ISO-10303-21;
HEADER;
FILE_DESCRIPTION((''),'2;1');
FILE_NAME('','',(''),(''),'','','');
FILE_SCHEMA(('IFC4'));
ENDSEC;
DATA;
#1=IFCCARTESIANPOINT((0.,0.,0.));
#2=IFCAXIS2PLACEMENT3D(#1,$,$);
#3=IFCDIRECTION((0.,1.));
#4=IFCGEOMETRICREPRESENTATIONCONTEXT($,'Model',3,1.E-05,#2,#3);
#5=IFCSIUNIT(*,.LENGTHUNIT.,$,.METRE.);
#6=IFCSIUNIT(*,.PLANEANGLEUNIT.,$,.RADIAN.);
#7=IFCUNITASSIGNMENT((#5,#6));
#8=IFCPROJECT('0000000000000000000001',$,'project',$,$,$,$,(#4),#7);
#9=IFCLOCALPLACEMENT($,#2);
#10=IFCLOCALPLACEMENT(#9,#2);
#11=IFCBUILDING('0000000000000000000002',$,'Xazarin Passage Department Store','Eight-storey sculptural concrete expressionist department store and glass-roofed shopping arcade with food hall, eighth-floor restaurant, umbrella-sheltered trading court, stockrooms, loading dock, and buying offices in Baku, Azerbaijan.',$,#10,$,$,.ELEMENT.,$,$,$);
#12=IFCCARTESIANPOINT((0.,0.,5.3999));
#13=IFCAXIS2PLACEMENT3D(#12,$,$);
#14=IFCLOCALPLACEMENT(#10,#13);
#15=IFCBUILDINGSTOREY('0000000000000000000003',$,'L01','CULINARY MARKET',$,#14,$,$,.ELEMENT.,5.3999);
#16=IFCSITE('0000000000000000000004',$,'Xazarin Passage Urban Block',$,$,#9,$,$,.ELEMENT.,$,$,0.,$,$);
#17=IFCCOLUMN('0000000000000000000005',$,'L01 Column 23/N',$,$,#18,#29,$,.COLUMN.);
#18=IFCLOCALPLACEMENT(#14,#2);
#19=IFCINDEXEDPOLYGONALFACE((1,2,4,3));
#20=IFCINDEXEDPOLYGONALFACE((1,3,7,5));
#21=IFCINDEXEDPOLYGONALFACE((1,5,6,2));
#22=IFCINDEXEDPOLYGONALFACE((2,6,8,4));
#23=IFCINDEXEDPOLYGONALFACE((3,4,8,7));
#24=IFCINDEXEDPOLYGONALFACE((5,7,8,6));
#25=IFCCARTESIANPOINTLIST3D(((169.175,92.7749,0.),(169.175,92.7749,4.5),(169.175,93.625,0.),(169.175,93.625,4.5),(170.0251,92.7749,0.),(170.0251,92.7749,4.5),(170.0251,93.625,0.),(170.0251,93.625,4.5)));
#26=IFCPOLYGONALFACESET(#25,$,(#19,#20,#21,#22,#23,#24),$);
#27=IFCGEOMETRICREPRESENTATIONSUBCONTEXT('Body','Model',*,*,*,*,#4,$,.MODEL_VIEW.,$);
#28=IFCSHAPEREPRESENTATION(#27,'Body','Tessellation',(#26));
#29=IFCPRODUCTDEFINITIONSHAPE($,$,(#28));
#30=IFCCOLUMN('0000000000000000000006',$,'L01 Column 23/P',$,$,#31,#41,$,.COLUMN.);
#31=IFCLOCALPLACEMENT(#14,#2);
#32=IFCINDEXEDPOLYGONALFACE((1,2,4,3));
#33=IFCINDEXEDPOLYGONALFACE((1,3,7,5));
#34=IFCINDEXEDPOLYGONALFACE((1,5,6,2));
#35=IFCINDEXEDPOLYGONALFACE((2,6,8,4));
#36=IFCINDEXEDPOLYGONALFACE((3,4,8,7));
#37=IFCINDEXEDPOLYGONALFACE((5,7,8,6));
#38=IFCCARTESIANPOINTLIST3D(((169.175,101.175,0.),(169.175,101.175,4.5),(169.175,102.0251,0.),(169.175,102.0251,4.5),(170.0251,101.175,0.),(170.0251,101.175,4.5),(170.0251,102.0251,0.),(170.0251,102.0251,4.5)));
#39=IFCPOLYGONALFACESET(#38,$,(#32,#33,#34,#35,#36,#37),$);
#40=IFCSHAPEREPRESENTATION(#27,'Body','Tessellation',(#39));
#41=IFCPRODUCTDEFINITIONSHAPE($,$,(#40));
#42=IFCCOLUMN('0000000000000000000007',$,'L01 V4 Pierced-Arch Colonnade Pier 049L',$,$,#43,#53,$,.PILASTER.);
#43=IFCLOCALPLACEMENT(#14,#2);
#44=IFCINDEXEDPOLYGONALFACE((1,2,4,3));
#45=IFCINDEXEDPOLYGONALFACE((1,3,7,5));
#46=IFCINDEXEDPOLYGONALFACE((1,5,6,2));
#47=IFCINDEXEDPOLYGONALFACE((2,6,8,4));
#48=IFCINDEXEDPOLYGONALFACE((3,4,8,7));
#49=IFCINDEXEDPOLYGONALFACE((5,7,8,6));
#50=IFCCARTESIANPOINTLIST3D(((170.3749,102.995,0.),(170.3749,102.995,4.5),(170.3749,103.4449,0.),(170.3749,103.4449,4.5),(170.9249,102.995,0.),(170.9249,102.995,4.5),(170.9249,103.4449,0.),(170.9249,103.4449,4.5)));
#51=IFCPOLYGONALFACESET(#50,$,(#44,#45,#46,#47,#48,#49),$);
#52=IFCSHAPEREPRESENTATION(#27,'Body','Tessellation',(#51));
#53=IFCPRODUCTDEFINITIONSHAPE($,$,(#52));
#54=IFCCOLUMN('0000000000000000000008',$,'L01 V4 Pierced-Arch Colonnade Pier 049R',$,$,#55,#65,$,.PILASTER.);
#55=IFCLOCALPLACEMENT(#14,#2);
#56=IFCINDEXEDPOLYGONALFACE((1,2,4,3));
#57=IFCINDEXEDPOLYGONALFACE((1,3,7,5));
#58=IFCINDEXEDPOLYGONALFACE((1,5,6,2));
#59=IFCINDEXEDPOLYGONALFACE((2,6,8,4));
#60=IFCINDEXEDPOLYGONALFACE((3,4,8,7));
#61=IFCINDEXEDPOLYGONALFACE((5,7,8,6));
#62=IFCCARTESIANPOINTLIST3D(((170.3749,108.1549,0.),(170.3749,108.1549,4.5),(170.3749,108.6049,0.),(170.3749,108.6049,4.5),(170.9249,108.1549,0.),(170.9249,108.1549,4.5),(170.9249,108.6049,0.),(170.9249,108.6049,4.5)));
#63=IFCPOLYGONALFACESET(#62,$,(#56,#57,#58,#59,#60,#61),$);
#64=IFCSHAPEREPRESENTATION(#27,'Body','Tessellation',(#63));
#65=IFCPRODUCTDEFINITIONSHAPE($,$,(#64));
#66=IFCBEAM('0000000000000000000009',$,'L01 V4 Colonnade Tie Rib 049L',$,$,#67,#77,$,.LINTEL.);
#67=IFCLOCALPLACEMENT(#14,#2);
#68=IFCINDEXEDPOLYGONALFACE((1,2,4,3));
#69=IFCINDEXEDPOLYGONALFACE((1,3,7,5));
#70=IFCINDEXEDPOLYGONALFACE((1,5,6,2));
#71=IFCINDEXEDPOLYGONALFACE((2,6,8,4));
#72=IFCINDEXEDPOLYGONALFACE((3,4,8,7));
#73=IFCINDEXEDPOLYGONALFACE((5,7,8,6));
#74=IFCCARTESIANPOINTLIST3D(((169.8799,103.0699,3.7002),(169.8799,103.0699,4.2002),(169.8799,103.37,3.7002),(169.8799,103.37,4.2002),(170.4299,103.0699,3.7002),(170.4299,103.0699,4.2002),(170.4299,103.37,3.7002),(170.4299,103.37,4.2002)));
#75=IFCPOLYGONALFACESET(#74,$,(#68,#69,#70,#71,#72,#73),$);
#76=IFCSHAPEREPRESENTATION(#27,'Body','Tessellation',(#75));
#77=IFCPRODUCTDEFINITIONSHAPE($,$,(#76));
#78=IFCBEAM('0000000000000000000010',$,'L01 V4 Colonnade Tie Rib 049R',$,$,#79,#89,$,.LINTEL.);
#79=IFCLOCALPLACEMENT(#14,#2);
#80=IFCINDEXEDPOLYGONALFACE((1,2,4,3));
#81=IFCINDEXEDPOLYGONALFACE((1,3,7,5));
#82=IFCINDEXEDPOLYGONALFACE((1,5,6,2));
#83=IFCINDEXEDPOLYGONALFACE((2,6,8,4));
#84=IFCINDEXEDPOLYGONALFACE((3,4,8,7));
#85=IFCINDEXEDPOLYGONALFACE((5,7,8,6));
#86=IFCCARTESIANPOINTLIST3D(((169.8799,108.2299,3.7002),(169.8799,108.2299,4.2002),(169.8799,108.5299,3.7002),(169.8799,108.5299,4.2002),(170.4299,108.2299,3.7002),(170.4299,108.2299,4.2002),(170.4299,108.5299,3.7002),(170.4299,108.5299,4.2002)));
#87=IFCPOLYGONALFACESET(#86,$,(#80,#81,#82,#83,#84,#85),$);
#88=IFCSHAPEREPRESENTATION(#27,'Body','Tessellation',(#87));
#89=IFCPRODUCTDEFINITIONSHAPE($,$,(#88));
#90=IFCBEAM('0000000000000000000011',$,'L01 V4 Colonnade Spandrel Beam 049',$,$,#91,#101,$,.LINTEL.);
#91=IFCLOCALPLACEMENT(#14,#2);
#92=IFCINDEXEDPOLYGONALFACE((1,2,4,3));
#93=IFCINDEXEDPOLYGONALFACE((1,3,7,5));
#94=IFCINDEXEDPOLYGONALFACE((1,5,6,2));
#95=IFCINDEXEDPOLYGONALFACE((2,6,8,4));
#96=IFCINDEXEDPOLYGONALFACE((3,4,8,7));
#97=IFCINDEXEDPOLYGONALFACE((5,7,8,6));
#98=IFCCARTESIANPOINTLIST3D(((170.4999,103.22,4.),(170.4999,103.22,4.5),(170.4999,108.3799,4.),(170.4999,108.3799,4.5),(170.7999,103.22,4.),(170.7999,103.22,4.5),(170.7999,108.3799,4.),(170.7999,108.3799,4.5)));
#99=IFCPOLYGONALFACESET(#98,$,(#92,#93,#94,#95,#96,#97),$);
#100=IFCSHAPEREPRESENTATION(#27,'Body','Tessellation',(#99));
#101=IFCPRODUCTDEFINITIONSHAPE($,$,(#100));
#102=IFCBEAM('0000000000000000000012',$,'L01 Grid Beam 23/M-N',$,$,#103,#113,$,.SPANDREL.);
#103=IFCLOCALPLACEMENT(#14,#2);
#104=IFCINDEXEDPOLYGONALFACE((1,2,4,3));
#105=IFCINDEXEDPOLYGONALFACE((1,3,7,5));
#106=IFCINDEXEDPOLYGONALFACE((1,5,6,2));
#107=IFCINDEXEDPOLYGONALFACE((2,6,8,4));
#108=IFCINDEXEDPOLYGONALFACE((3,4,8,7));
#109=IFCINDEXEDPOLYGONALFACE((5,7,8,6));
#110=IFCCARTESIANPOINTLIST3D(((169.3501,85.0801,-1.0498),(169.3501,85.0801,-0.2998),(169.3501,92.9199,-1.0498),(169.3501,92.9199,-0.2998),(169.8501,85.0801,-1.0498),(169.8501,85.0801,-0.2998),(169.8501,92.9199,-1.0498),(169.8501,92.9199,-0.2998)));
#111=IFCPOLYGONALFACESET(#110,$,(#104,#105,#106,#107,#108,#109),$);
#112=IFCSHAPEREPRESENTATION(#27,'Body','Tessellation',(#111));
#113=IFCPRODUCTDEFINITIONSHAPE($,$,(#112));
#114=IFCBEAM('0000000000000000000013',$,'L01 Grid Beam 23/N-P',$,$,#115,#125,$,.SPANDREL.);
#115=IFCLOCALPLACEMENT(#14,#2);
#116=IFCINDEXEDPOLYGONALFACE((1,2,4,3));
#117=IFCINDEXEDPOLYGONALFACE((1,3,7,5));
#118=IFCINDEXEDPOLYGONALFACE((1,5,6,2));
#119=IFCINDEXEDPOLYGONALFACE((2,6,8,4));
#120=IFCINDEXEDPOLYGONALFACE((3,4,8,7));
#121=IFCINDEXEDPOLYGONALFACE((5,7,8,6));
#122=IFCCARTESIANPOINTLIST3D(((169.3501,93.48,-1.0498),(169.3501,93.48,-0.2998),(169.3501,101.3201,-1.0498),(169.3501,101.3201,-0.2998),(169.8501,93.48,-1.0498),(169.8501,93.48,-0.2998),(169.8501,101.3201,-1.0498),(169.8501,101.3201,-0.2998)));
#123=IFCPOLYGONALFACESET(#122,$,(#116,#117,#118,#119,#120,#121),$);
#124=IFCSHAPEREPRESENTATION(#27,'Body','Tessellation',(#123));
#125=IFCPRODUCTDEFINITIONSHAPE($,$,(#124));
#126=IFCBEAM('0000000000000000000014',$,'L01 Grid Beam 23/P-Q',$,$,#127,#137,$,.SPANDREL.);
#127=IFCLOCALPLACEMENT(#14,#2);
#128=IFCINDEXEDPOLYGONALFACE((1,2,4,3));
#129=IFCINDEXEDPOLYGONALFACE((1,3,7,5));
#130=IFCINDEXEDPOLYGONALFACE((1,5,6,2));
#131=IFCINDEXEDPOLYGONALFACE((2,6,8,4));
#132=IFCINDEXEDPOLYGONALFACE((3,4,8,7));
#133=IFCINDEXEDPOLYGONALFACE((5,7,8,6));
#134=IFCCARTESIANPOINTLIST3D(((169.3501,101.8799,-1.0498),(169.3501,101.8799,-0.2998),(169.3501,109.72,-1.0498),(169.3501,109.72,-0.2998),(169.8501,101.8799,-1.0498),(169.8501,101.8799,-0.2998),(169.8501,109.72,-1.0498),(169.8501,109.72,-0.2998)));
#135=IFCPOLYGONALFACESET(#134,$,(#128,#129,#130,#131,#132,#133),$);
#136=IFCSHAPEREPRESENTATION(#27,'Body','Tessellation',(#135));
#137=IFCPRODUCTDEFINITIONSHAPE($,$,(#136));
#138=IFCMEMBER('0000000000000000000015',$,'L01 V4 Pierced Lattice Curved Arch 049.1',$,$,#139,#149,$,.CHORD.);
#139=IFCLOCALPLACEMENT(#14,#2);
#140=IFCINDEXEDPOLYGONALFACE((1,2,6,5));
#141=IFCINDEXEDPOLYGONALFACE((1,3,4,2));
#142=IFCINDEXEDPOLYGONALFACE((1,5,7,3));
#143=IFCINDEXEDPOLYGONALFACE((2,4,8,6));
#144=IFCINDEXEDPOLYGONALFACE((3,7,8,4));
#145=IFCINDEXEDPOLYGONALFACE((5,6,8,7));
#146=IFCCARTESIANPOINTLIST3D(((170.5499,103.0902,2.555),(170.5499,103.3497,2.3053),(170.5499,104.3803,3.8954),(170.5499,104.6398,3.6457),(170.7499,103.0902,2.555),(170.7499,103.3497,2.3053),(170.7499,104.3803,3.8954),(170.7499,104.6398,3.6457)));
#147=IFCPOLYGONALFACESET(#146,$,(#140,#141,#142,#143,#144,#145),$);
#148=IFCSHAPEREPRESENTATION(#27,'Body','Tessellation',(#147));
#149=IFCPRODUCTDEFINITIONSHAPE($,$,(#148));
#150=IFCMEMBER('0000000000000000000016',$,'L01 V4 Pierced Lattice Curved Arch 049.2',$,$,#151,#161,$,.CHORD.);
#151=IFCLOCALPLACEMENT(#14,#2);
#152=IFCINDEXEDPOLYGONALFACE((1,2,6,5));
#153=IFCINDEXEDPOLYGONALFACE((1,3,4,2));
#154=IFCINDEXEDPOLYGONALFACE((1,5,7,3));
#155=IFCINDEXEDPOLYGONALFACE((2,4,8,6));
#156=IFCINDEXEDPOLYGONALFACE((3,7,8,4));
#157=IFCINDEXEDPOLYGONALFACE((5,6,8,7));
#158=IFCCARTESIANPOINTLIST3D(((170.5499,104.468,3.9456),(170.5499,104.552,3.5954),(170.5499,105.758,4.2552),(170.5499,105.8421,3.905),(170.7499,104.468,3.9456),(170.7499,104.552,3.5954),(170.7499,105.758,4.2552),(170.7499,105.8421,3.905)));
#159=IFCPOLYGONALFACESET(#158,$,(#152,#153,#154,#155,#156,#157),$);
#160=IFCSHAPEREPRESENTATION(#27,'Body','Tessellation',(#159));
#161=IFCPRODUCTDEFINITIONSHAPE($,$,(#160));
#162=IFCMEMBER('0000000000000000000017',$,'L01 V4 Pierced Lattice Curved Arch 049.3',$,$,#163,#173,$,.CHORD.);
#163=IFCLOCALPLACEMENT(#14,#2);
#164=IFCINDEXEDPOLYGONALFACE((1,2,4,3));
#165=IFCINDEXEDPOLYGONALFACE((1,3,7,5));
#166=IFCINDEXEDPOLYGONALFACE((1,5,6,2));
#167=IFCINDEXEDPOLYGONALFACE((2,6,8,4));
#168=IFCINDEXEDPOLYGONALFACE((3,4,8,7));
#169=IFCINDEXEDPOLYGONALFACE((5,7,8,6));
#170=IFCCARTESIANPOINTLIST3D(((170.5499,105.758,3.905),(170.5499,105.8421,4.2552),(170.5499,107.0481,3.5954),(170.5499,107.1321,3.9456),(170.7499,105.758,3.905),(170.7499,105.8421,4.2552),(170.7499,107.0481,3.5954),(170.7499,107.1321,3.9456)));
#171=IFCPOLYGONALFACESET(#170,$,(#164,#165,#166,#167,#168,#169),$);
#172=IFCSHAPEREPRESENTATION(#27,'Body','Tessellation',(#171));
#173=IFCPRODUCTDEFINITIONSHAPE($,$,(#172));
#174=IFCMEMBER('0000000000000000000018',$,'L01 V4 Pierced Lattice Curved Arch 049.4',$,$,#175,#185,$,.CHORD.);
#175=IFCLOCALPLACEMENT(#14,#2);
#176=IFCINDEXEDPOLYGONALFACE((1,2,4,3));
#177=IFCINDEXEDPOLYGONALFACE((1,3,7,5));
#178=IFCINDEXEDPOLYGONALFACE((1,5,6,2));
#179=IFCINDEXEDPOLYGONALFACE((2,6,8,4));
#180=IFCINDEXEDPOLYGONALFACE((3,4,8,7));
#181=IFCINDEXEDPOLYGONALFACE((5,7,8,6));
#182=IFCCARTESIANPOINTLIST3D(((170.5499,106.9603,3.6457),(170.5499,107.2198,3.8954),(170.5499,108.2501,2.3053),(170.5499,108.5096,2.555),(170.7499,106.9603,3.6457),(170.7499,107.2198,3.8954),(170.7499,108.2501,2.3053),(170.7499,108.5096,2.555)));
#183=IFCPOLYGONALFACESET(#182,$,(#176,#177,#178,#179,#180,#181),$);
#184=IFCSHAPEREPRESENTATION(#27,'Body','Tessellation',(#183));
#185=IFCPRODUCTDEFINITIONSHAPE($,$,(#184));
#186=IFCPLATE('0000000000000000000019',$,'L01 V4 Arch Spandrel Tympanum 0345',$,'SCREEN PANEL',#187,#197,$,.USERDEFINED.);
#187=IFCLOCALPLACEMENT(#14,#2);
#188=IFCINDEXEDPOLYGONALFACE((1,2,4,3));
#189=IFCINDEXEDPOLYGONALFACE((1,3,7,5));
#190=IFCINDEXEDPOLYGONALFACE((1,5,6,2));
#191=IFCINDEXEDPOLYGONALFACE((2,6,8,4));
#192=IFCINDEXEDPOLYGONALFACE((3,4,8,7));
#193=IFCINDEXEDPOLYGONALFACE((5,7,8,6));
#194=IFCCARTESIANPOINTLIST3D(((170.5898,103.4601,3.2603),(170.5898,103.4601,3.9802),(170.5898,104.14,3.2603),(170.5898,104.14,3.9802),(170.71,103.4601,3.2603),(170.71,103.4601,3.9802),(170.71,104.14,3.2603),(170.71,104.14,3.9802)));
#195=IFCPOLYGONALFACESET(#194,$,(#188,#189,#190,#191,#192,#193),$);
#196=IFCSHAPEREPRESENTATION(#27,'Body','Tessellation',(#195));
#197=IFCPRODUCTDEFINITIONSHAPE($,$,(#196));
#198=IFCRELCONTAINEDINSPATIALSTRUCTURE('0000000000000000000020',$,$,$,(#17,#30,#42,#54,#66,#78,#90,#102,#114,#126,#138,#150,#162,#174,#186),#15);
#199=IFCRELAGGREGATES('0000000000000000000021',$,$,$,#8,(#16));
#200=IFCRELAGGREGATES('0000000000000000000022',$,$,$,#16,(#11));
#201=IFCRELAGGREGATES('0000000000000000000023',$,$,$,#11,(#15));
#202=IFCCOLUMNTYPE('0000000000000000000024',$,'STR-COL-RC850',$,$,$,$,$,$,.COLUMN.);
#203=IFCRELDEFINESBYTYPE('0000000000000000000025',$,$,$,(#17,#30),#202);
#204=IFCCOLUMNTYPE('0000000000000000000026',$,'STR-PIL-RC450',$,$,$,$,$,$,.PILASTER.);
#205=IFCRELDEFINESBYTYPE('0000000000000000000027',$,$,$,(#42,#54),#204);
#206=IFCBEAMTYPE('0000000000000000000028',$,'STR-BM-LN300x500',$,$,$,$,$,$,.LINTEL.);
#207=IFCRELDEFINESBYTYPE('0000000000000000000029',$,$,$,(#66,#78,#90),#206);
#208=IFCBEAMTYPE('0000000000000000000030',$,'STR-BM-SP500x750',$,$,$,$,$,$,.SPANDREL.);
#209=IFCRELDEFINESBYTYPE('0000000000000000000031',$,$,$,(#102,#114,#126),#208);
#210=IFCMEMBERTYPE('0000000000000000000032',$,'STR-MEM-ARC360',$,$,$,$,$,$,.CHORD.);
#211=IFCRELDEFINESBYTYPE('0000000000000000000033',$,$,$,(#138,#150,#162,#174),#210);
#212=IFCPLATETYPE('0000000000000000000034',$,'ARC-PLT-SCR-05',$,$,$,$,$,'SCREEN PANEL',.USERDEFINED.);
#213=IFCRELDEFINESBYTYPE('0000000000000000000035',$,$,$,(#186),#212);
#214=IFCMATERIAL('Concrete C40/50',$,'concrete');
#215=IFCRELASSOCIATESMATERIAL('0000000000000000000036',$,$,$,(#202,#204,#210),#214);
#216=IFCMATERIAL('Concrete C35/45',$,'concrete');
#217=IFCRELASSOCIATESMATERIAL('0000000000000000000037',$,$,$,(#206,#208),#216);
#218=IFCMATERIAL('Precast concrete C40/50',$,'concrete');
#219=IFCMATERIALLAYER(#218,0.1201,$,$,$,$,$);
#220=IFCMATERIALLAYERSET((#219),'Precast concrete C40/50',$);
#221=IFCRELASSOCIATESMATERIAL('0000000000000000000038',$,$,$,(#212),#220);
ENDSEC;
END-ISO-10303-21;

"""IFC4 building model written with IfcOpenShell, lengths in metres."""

from ifc_helpers import new_model, si_unit, direction, frame, origin, origin_2d, place, context, subcontext, project, spatial, rectangle, extrude, material, layer, layer_set, material_profile, profile_set, type_object, element, save


model = new_model("IFC4")

# Units and contexts
model_context = context("Model", 3, precision=1e-05, world=origin(), true_north=direction((0.0, 1.0)))
body_context = subcontext(model_context, "Body", "Model", "MODEL_VIEW")
ifc_project = project(units=[si_unit("LENGTHUNIT", "METRE"), si_unit("PLANEANGLEUNIT", "RADIAN")], contexts=[model_context])

# Site, building, storey
site_placement = place(None, origin())
site = spatial("IfcSite", under=ifc_project, at=site_placement, Name="Xazarin Passage Urban Block", CompositionType="ELEMENT", RefElevation=0.0)
building_placement = place(site_placement, origin())
building = spatial("IfcBuilding", under=site, at=building_placement, Name="Xazarin Passage Department Store", Description="Eight-storey sculptural concrete expressionist department store and glass-roofed shopping arcade with food hall, eighth-floor restaurant, umbrella-sheltered trading court, stockrooms, loading dock, and buying offices in Baku, Azerbaijan.", CompositionType="ELEMENT")
storey_placement = place(building_placement, frame((0.0, 0.0, 5.3999)))
storey = spatial("IfcBuildingStorey", under=building, at=storey_placement, Name="L01", Description="CULINARY MARKET", CompositionType="ELEMENT", Elevation=5.3999)

# Columns
ifc_material_1 = material(Name="Concrete C40/50", Category="concrete")
ifc_material_profile_1 = material_profile(ifc_material_1, rectangle(XDim=0.8501, YDim=0.8501, at=origin_2d()), Name="RC 850x850")
ifc_profile_set_1 = profile_set([ifc_material_profile_1], Name="Concrete C40/50")
column_type_1 = type_object("IfcColumnType", Name="STR-COL-RC850", PredefinedType="COLUMN", material=ifc_profile_set_1)
for number, where, z_axis, x_axis, name in (
    (1, (169.6001, 93.2, 0.0), (0.0, 0.0, 1.0), (1.0, 0.0, 0.0), "L01 Column 23/N"),
    (2, (169.6001, 101.6001, 0.0), (0.0, 0.0, 1.0), (1.0, 0.0, 0.0), "L01 Column 23/P"),
):
    element("IfcColumn", number, at=place(storey_placement, frame(where, z_axis=z_axis, x_axis=x_axis)), inside=storey, type_object=column_type_1, Name=name, PredefinedType="COLUMN", context=body_context, shape_type="SweptSolid", body=[
        extrude(rectangle(XDim=0.8501, YDim=0.8501, at=origin_2d()), origin(), (0.0, 0.0, 1.0), 4.5),
    ])
ifc_material_profile_2 = material_profile(ifc_material_1, rectangle(XDim=0.45, YDim=0.55, at=origin_2d()), Name="RC 450x550")
ifc_profile_set_2 = profile_set([ifc_material_profile_2], Name="Concrete C40/50")
column_type_2 = type_object("IfcColumnType", Name="STR-PIL-RC450", PredefinedType="PILASTER", material=ifc_profile_set_2)
for number, where, z_axis, x_axis, name in (
    (3, (170.6499, 103.22, 0.0), (0.0, 0.0, 1.0), (0.0, 1.0, 0.0), "L01 V4 Pierced-Arch Colonnade Pier 049L"),
    (4, (170.6499, 108.3799, 0.0), (0.0, 0.0, 1.0), (0.0, 1.0, 0.0), "L01 V4 Pierced-Arch Colonnade Pier 049R"),
):
    element("IfcColumn", number, at=place(storey_placement, frame(where, z_axis=z_axis, x_axis=x_axis)), inside=storey, type_object=column_type_2, Name=name, PredefinedType="PILASTER", context=body_context, shape_type="SweptSolid", body=[
        extrude(rectangle(XDim=0.45, YDim=0.55, at=origin_2d()), origin(), (0.0, 0.0, 1.0), 4.5),
    ])

# Beams
ifc_material_2 = material(Name="Concrete C35/45", Category="concrete")
ifc_material_profile_3 = material_profile(ifc_material_2, rectangle(XDim=0.3, YDim=0.5, at=origin_2d()), Name="RC 300x500")
ifc_profile_set_3 = profile_set([ifc_material_profile_3], Name="Concrete C35/45")
beam_type_1 = type_object("IfcBeamType", Name="STR-BM-LN300x500", PredefinedType="LINTEL", material=ifc_profile_set_3)
for number, where, z_axis, x_axis, name in (
    (5, (169.8799, 103.22, 3.9502), (1.0, 0.0, 0.0), (0.0, 1.0, 0.0), "L01 V4 Colonnade Tie Rib 049L"),
    (6, (169.8799, 108.3799, 3.9502), (1.0, 0.0, 0.0), (0.0, 1.0, 0.0), "L01 V4 Colonnade Tie Rib 049R"),
):
    element("IfcBeam", number, at=place(storey_placement, frame(where, z_axis=z_axis, x_axis=x_axis)), inside=storey, type_object=beam_type_1, Name=name, PredefinedType="LINTEL", context=body_context, shape_type="SweptSolid", body=[
        extrude(rectangle(XDim=0.3, YDim=0.5, at=origin_2d()), origin(), (0.0, 0.0, 1.0), 0.55),
    ])
beam_1_placement = place(storey_placement, frame((170.6499, 103.22, 4.25), z_axis=(0.0, 1.0, 0.0), x_axis=(-1.0, 0.0, 0.0)))
element("IfcBeam", 7, at=beam_1_placement, inside=storey, type_object=beam_type_1, Name="L01 V4 Colonnade Spandrel Beam 049", PredefinedType="LINTEL", context=body_context, shape_type="SweptSolid", body=[
    extrude(rectangle(XDim=0.3, YDim=0.5, at=origin_2d()), origin(), (0.0, 0.0, 1.0), 5.1599),
])
ifc_material_profile_4 = material_profile(ifc_material_2, rectangle(XDim=0.5, YDim=0.75, at=origin_2d()), Name="RC 500x750")
ifc_profile_set_4 = profile_set([ifc_material_profile_4], Name="Concrete C35/45")
beam_type_2 = type_object("IfcBeamType", Name="STR-BM-SP500x750", PredefinedType="SPANDREL", material=ifc_profile_set_4)
beam_2_placement = place(storey_placement, frame((169.6001, 85.0801, -0.6748), z_axis=(0.0, 1.0, 0.0), x_axis=(-1.0, 0.0, 0.0)))
element("IfcBeam", 8, at=beam_2_placement, inside=storey, type_object=beam_type_2, Name="L01 Grid Beam 23/M-N", PredefinedType="SPANDREL", context=body_context, shape_type="SweptSolid", body=[
    extrude(rectangle(XDim=0.5, YDim=0.75, at=origin_2d()), origin(), (0.0, 0.0, 1.0), 7.8398),
])
for number, where, z_axis, x_axis, name in (
    (9, (169.6001, 93.48, -0.6748), (0.0, 1.0, 0.0), (-1.0, 0.0, 0.0), "L01 Grid Beam 23/N-P"),
    (10, (169.6001, 101.8799, -0.6748), (0.0, 1.0, 0.0), (-1.0, 0.0, 0.0), "L01 Grid Beam 23/P-Q"),
):
    element("IfcBeam", number, at=place(storey_placement, frame(where, z_axis=z_axis, x_axis=x_axis)), inside=storey, type_object=beam_type_2, Name=name, PredefinedType="SPANDREL", context=body_context, shape_type="SweptSolid", body=[
        extrude(rectangle(XDim=0.5, YDim=0.75, at=origin_2d()), origin(), (0.0, 0.0, 1.0), 7.8401),
    ])

# Members
ifc_material_profile_5 = material_profile(ifc_material_1, rectangle(XDim=0.2, YDim=0.3601, at=origin_2d()), Name="RC 200x360")
ifc_profile_set_5 = profile_set([ifc_material_profile_5], Name="Concrete C40/50")
member_type = type_object("IfcMemberType", Name="STR-MEM-ARC360", PredefinedType="CHORD", material=ifc_profile_set_5)
member_1_placement = place(storey_placement, frame((170.6499, 103.22, 2.4302), z_axis=(0.0, 0.69346, 0.720495), x_axis=(-1.0, 0.0, 0.0)))
element("IfcMember", 11, at=member_1_placement, inside=storey, type_object=member_type, Name="L01 V4 Pierced Lattice Curved Arch 049.1", PredefinedType="CHORD", context=body_context, shape_type="SweptSolid", body=[
    extrude(rectangle(XDim=0.2, YDim=0.3601, at=origin_2d()), origin(), (0.0, 0.0, 1.0), 1.8604),
])
for number, where, z_axis, x_axis, name in (
    (12, (170.6499, 104.51, 3.7705), (0.0, 0.972394, 0.233345), (-1.0, 0.0, 0.0), "L01 V4 Pierced Lattice Curved Arch 049.2"),
    (13, (170.6499, 105.8, 4.0801), (0.0, 0.972394, -0.233345), (-1.0, 0.0, 0.0), "L01 V4 Pierced Lattice Curved Arch 049.3"),
):
    element("IfcMember", number, at=place(storey_placement, frame(where, z_axis=z_axis, x_axis=x_axis)), inside=storey, type_object=member_type, Name=name, PredefinedType="CHORD", context=body_context, shape_type="SweptSolid", body=[
        extrude(rectangle(XDim=0.2, YDim=0.3601, at=origin_2d()), origin(), (0.0, 0.0, 1.0), 1.3267),
    ])
member_2_placement = place(storey_placement, frame((170.6499, 107.0901, 3.7705), z_axis=(0.0, 0.693392, -0.720561), x_axis=(-1.0, 0.0, 0.0)))
element("IfcMember", 14, at=member_2_placement, inside=storey, type_object=member_type, Name="L01 V4 Pierced Lattice Curved Arch 049.4", PredefinedType="CHORD", context=body_context, shape_type="SweptSolid", body=[
    extrude(rectangle(XDim=0.2, YDim=0.3601, at=origin_2d()), origin(), (0.0, 0.0, 1.0), 1.8601),
])

# Plate
ifc_material_3 = material(Name="Precast concrete C40/50", Category="concrete")
ifc_layer_1 = layer(ifc_material_3, 0.1201)
ifc_layer_set_1 = layer_set([ifc_layer_1], Name="Precast concrete C40/50")
plate_type = type_object("IfcPlateType", Name="ARC-PLT-SCR-05", ElementType="SCREEN PANEL", PredefinedType="USERDEFINED", material=ifc_layer_set_1)
for number, where, z_axis, x_axis, name in (
    (15, (170.6499, 103.8, 3.2603), (0.0, 0.0, 1.0), (0.0, 1.0, 0.0), "L01 V4 Arch Spandrel Tympanum 0345"),
):
    element("IfcPlate", number, at=place(storey_placement, frame(where, z_axis=z_axis, x_axis=x_axis)), inside=storey, type_object=plate_type, Name=name, ObjectType="SCREEN PANEL", PredefinedType="USERDEFINED", context=body_context, shape_type="SweptSolid", body=[
        extrude(rectangle(XDim=0.6799, YDim=0.1201, at=origin_2d()), origin(), (0.0, 0.0, 1.0), 0.72),
    ])

save(model, "model.ifc")
